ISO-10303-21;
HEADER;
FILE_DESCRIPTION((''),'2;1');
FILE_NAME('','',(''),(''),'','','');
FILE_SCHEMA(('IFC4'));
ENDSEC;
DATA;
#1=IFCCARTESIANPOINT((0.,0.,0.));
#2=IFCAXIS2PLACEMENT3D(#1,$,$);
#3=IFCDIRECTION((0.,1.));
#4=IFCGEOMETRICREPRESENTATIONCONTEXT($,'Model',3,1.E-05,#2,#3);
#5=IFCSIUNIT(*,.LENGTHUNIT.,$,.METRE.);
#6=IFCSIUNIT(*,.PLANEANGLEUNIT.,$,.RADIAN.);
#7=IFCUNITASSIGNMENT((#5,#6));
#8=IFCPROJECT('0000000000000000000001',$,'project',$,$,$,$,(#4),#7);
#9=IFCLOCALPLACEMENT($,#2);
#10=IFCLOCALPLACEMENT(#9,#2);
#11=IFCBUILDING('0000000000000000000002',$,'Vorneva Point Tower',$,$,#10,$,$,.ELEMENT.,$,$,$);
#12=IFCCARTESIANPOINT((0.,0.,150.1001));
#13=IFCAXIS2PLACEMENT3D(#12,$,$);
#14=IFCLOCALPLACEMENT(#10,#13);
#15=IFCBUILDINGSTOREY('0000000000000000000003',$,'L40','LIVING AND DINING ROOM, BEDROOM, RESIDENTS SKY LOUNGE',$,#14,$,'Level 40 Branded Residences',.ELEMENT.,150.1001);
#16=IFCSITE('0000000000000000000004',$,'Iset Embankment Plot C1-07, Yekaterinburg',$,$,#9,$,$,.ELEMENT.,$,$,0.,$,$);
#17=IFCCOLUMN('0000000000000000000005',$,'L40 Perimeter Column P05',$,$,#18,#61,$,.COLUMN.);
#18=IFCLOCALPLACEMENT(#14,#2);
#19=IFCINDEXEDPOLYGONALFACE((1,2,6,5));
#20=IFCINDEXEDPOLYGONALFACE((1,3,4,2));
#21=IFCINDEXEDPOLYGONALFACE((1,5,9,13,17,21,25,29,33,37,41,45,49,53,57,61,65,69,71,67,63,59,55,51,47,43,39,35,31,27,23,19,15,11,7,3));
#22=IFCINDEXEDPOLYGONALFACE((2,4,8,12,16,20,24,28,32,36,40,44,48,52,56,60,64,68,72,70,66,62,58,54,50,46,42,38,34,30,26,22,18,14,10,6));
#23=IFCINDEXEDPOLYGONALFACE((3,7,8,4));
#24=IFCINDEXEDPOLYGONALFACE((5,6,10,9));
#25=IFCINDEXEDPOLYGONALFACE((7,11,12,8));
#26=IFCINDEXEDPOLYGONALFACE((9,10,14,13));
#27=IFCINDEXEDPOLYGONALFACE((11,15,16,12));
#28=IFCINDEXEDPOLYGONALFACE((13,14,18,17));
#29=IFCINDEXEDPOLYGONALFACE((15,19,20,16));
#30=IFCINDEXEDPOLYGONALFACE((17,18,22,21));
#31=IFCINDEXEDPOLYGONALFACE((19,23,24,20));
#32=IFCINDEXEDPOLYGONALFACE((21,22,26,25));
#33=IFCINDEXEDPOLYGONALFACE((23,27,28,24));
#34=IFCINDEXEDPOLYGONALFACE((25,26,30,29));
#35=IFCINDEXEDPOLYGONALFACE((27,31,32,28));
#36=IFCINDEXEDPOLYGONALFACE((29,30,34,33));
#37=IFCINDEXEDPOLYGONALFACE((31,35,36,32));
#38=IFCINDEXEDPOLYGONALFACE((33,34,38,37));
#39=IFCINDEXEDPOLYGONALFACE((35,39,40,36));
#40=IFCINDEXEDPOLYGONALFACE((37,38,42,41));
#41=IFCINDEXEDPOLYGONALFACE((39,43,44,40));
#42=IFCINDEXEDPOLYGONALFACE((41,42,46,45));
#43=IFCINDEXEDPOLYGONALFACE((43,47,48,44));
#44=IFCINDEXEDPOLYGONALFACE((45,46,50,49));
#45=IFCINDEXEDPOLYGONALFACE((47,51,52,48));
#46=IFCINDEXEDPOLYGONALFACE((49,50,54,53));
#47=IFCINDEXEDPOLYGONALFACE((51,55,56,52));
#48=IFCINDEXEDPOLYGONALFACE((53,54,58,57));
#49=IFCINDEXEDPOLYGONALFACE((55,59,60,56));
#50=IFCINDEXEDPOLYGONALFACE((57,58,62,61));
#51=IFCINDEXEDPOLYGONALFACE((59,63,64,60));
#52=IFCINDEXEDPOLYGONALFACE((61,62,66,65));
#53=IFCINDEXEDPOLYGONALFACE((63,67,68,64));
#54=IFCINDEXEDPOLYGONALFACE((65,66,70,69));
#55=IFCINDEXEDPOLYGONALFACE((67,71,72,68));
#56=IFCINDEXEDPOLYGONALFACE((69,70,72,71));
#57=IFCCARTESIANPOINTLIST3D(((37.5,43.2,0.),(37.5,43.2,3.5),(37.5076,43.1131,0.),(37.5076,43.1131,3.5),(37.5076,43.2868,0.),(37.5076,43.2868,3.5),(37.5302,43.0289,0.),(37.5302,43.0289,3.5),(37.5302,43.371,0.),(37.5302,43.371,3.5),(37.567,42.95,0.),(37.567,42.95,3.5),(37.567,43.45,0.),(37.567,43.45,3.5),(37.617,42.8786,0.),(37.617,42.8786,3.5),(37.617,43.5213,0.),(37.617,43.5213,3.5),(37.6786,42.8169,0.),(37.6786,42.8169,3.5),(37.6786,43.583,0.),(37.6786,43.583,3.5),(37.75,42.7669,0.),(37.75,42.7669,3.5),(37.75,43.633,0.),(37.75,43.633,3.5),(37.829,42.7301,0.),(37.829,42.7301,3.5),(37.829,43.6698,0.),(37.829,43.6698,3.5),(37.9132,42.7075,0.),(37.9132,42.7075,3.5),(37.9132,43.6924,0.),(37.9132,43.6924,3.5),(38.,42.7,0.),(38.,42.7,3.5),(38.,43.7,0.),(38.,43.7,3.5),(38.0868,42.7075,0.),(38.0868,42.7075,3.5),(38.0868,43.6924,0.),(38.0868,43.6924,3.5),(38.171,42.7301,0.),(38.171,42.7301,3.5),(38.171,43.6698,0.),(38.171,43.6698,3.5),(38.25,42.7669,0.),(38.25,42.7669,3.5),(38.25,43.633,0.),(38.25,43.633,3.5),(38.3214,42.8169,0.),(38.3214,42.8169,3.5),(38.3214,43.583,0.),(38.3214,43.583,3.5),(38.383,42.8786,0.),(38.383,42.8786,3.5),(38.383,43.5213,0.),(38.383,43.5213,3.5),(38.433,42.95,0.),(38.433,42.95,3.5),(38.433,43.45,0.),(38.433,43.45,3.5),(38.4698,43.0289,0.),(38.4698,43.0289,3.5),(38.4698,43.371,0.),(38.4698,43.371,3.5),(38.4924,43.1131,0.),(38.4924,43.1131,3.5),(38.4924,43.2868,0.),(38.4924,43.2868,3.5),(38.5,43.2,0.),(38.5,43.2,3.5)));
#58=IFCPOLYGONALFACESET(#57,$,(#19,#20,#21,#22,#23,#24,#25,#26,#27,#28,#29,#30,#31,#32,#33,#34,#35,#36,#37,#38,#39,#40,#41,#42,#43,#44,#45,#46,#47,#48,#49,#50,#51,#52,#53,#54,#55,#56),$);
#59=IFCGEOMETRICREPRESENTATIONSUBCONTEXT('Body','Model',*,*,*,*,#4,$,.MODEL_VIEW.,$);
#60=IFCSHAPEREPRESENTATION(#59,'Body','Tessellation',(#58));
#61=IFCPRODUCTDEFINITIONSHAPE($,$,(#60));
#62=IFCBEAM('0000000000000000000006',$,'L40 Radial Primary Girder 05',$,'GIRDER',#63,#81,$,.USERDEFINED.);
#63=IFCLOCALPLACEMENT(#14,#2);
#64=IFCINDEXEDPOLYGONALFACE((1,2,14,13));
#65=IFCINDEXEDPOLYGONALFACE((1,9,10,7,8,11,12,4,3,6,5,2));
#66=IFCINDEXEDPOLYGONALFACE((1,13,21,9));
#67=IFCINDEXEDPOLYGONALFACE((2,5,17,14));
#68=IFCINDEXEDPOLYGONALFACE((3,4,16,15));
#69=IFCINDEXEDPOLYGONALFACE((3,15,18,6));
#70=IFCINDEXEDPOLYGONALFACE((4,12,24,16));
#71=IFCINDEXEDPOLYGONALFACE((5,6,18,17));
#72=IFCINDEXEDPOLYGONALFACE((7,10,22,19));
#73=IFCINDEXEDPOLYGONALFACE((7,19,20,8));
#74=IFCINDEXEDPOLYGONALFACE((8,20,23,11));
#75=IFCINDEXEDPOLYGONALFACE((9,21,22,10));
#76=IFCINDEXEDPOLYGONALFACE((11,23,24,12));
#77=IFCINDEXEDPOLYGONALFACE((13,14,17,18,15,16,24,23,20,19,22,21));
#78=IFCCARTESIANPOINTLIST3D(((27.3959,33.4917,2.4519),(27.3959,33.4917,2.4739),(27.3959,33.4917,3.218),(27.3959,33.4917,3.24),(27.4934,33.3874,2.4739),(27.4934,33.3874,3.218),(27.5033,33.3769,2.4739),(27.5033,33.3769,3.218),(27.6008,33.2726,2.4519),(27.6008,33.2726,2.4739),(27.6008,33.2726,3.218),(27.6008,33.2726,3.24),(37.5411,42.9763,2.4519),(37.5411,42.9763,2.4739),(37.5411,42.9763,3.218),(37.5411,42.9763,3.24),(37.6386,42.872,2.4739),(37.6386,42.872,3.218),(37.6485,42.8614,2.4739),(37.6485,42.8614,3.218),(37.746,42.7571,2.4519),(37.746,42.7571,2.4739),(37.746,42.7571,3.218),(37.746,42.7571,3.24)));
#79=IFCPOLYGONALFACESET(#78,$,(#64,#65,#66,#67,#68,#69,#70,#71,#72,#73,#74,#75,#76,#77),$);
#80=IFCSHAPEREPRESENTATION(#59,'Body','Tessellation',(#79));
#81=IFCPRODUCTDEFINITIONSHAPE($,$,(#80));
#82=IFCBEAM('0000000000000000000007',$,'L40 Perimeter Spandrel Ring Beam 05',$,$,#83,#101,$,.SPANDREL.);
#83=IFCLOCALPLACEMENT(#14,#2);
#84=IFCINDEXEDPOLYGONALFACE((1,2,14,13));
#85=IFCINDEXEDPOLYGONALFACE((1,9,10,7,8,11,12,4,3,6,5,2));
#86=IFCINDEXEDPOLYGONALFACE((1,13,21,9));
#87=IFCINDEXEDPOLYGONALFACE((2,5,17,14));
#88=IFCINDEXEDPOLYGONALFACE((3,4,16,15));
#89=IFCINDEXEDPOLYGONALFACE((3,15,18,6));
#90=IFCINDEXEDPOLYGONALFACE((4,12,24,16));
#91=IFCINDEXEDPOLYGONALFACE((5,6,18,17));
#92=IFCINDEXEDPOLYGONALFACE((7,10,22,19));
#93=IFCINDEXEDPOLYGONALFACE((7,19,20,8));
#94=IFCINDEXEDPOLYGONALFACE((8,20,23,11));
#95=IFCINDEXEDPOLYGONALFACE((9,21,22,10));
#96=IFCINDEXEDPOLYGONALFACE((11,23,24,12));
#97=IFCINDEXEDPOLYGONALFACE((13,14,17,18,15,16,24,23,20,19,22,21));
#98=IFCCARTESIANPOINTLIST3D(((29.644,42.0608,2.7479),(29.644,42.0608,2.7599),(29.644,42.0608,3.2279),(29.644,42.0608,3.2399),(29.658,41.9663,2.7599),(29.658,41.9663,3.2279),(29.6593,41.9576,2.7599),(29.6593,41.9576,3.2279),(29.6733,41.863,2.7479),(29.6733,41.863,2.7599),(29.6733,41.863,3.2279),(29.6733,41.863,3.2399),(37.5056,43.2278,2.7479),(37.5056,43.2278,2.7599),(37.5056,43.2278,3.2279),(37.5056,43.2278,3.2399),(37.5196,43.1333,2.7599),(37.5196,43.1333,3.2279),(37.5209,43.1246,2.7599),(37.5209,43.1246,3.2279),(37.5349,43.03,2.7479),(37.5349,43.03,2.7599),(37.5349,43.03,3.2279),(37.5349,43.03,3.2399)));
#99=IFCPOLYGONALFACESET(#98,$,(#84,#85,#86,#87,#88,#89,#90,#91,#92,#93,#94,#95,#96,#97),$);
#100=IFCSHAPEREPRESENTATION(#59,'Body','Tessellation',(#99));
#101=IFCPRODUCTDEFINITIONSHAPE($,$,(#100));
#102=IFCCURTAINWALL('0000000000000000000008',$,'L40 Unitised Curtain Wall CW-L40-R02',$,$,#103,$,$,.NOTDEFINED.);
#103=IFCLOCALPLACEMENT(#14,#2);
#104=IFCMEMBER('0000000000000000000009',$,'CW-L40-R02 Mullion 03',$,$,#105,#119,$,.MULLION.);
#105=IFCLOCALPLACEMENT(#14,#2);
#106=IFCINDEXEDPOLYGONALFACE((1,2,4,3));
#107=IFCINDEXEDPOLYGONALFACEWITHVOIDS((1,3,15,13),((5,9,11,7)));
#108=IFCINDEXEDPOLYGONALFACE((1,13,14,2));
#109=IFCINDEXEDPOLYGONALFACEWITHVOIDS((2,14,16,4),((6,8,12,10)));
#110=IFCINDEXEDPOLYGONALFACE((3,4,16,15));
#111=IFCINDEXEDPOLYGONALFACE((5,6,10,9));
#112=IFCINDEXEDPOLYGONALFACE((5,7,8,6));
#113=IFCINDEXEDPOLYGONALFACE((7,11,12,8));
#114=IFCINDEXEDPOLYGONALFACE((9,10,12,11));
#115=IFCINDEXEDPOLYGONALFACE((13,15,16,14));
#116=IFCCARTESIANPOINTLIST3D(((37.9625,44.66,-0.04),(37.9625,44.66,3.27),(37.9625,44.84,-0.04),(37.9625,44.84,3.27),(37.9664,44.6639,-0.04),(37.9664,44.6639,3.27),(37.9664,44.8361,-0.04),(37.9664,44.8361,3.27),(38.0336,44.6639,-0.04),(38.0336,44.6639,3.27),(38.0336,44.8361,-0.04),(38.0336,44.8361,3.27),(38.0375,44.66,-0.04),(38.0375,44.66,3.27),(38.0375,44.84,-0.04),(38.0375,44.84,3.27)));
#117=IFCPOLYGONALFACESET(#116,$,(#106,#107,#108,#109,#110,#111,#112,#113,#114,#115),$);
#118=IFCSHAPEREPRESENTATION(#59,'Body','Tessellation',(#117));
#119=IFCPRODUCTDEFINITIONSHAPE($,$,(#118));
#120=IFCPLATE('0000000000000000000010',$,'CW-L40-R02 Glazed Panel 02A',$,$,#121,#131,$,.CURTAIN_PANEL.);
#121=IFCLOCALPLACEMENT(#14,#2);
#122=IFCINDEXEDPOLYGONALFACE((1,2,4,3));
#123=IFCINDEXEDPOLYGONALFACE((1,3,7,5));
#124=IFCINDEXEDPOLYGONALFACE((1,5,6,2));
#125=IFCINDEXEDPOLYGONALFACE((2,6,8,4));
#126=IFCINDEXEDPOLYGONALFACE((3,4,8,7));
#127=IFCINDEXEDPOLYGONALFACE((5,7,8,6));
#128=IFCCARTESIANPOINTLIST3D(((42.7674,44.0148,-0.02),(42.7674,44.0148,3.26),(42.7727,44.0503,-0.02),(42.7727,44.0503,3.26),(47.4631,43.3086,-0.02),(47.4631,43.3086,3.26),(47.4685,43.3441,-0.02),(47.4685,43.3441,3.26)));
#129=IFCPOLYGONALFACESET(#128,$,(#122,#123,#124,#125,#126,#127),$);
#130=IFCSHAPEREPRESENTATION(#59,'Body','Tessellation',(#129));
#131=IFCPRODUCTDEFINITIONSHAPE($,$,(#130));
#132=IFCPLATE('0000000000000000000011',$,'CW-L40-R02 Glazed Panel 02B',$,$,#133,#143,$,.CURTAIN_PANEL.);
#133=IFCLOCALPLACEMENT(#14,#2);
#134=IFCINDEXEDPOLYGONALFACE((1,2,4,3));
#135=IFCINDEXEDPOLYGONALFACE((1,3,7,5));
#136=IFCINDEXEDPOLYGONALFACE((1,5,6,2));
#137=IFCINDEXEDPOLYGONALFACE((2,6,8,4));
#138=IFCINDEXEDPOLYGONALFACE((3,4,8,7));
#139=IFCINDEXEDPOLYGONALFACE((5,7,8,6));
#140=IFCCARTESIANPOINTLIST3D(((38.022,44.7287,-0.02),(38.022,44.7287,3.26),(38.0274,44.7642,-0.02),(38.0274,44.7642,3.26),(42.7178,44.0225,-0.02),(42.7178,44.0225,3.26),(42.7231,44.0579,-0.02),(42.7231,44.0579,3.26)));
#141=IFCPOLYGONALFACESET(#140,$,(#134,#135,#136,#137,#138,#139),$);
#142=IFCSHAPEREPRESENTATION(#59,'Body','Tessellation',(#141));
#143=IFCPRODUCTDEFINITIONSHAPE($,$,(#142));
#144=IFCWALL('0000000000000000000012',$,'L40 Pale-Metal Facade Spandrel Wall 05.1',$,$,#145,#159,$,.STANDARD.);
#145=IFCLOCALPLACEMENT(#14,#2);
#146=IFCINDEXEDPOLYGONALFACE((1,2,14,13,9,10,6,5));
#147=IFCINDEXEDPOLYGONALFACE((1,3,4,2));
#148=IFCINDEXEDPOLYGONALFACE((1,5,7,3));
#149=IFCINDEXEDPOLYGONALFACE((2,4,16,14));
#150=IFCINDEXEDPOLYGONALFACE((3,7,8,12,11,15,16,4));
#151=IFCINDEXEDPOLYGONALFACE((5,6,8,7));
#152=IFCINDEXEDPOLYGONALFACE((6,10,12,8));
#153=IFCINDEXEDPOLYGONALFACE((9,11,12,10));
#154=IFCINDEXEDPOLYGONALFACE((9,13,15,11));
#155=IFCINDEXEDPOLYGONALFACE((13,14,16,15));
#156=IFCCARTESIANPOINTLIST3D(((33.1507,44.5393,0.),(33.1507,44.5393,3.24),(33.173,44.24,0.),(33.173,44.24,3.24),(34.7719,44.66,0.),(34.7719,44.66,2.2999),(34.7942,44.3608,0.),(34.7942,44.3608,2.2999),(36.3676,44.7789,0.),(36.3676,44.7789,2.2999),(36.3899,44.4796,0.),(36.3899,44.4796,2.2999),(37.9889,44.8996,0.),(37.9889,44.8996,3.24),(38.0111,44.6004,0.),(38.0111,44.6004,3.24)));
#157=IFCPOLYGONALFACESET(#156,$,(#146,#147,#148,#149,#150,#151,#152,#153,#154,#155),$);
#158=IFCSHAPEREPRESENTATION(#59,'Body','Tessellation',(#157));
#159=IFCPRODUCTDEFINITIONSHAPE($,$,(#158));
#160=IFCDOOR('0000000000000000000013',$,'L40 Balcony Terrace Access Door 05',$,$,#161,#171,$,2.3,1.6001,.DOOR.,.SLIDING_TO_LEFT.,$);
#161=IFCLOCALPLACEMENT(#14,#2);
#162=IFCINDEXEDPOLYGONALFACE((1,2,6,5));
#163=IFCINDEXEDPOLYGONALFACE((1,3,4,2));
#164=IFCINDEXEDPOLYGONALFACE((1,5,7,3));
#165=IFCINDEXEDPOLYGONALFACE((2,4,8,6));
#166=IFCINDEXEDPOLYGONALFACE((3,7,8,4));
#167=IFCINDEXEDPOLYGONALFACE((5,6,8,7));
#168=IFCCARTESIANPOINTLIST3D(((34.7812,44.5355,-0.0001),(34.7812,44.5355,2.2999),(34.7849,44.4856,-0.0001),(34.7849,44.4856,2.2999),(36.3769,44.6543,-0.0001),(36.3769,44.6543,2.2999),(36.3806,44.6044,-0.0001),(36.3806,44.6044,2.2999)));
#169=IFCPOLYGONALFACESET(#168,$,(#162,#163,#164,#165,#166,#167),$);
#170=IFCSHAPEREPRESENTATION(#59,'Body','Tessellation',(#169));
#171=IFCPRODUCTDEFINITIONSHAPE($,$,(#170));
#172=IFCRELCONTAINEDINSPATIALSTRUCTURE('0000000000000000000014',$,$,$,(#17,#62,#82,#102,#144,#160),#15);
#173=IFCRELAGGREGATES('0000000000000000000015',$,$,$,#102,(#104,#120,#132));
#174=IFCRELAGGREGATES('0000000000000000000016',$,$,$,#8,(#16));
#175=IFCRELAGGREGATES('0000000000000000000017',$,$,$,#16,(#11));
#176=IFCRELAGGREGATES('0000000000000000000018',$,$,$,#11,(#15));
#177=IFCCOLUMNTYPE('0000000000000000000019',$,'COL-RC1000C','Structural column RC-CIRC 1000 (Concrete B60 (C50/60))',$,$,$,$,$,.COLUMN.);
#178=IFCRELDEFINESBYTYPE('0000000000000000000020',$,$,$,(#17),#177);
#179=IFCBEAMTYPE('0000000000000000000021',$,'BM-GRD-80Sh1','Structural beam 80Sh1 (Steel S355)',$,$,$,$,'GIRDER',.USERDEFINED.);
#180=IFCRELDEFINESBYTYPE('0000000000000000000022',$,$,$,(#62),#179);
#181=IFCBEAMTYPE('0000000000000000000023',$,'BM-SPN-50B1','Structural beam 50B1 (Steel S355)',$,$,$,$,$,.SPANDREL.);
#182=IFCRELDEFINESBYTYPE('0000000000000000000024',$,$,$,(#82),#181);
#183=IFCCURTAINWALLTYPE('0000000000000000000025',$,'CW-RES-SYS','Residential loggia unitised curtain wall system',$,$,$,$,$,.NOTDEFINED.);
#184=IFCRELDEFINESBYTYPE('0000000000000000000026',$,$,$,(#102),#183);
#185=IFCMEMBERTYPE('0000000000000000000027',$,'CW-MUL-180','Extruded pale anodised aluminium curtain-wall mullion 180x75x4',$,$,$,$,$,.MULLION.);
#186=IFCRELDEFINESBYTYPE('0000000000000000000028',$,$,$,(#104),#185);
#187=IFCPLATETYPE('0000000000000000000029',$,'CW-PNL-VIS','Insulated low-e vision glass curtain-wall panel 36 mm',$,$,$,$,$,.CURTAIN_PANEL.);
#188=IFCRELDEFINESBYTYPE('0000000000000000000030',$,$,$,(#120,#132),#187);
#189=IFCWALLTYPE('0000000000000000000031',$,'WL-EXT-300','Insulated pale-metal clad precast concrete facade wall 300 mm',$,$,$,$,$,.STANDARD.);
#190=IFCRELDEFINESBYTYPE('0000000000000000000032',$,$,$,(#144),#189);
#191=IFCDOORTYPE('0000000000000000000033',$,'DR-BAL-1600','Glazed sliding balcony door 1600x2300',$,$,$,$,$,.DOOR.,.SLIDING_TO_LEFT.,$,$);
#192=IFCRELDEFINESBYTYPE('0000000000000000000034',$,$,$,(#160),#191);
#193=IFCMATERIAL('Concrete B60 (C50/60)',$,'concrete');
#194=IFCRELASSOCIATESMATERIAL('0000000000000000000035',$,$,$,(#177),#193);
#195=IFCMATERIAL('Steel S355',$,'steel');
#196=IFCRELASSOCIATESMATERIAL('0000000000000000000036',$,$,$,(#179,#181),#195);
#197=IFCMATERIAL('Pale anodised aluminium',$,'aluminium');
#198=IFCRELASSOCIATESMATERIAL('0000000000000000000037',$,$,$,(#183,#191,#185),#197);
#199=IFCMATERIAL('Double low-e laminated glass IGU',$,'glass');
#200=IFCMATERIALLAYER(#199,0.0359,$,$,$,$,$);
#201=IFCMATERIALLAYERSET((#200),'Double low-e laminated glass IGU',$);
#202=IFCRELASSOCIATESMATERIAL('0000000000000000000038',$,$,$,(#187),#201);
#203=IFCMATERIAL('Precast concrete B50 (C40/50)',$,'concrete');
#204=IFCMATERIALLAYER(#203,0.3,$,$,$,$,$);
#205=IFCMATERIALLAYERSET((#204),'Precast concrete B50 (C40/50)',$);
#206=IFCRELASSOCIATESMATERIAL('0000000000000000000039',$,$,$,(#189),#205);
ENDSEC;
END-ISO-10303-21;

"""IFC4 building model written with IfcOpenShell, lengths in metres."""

from ifc_helpers import new_model, si_unit, direction, frame, frame_2d, origin, origin_2d, place, context, subcontext, project, spatial, rectangle, hollow_rectangle, circle, i_section, extrude, material, layer, layer_set, material_profile, profile_set, type_object, element, fill, aggregate, save


model = new_model("IFC4")

# Units and contexts
model_context = context("Model", 3, precision=1e-05, world=origin(), true_north=direction((0.0, 1.0)))
body_context = subcontext(model_context, "Body", "Model", "MODEL_VIEW")
ifc_project = project(units=[si_unit("LENGTHUNIT", "METRE"), si_unit("PLANEANGLEUNIT", "RADIAN")], contexts=[model_context])

# Site, building, storey
site_placement = place(None, origin())
site = spatial("IfcSite", under=ifc_project, at=site_placement, Name="Iset Embankment Plot C1-07, Yekaterinburg", CompositionType="ELEMENT", RefElevation=0.0)
building_placement = place(site_placement, origin())
building = spatial("IfcBuilding", under=site, at=building_placement, Name="Vorneva Point Tower", CompositionType="ELEMENT")
storey_placement = place(building_placement, frame((0.0, 0.0, 150.1001)))
storey = spatial("IfcBuildingStorey", under=building, at=storey_placement, Name="L40", Description="LIVING AND DINING ROOM, BEDROOM, RESIDENTS SKY LOUNGE", LongName="Level 40 Branded Residences", CompositionType="ELEMENT", Elevation=150.1001)

# Column
ifc_material_1 = material(Name="Concrete B60 (C50/60)", Category="concrete")
ifc_material_profile_1 = material_profile(ifc_material_1, circle(Radius=0.5, at=origin_2d()), Name="RC-CIRC 1000")
ifc_profile_set_1 = profile_set([ifc_material_profile_1], Name="Concrete B60 (C50/60)")
column_type = type_object("IfcColumnType", Name="COL-RC1000C", Description="Structural column RC-CIRC 1000 (Concrete B60 (C50/60))", PredefinedType="COLUMN", material=ifc_profile_set_1)
column_placement = place(storey_placement, frame((38.0, 43.2, 0.0), z_axis=(0.0, 0.0, 1.0), x_axis=(0.0, 1.0, 0.0)))
element("IfcColumn", 1, at=column_placement, inside=storey, type_object=column_type, Name="L40 Perimeter Column P05", PredefinedType="COLUMN", context=body_context, shape_type="SweptSolid", body=[
    extrude(circle(Radius=0.5, at=origin_2d()), origin(), (0.0, 0.0, 1.0), 3.5),
])

# Beams
ifc_material_2 = material(Name="Steel S355", Category="steel")
ifc_material_profile_2 = material_profile(ifc_material_2, i_section(OverallWidth=0.3, OverallDepth=0.7881, WebThickness=0.0144, FlangeThickness=0.022, at=origin_2d()), Name="80Sh1")
ifc_profile_set_2 = profile_set([ifc_material_profile_2], Name="Steel S355")
beam_type_1 = type_object("IfcBeamType", Name="BM-GRD-80Sh1", Description="Structural beam 80Sh1 (Steel S355)", ElementType="GIRDER", PredefinedType="USERDEFINED", material=ifc_profile_set_2)
beam_1_placement = place(storey_placement, frame((37.6436, 42.8667, 2.8459), z_axis=(-0.730491, -0.682922, 0.0), x_axis=(0.682922, -0.730491, 0.0)))
element("IfcBeam", 2, at=beam_1_placement, inside=storey, type_object=beam_type_1, Name="L40 Radial Primary Girder 05", ObjectType="GIRDER", PredefinedType="USERDEFINED", context=body_context, shape_type="SweptSolid", body=[
    extrude(i_section(OverallWidth=0.3, OverallDepth=0.7881, WebThickness=0.0144, FlangeThickness=0.022, at=origin_2d()), origin(), (0.0, 0.0, 1.0), 13.8882),
])
ifc_material_profile_3 = material_profile(ifc_material_2, i_section(OverallWidth=0.2, OverallDepth=0.4919, WebThickness=0.0088, FlangeThickness=0.012, at=origin_2d()), Name="50B1")
ifc_profile_set_3 = profile_set([ifc_material_profile_3], Name="Steel S355")
beam_type_2 = type_object("IfcBeamType", Name="BM-SPN-50B1", Description="Structural beam 50B1 (Steel S355)", PredefinedType="SPANDREL", material=ifc_profile_set_3)
beam_2_placement = place(storey_placement, frame((37.5203, 43.1289, 2.9939), z_axis=(-0.989161, -0.146834, 0.0), x_axis=(0.146834, -0.989161, 0.0)))
element("IfcBeam", 3, at=beam_2_placement, inside=storey, type_object=beam_type_2, Name="L40 Perimeter Spandrel Ring Beam 05", PredefinedType="SPANDREL", context=body_context, shape_type="SweptSolid", body=[
    extrude(i_section(OverallWidth=0.2, OverallDepth=0.4919, WebThickness=0.0088, FlangeThickness=0.012, at=origin_2d()), origin(), (0.0, 0.0, 1.0), 7.9478),
])

# Curtain wall, member, plates
ifc_material_3 = material(Name="Pale anodised aluminium", Category="aluminium")
curtain_wall_type = type_object("IfcCurtainWallType", Name="CW-RES-SYS", Description="Residential loggia unitised curtain wall system", PredefinedType="NOTDEFINED", material=ifc_material_3)
curtain_wall_placement = place(storey_placement, origin())
curtain_wall = element("IfcCurtainWall", 4, at=curtain_wall_placement, inside=storey, type_object=curtain_wall_type, Name="L40 Unitised Curtain Wall CW-L40-R02", PredefinedType="NOTDEFINED")
ifc_material_profile_4 = material_profile(ifc_material_3, hollow_rectangle(XDim=0.075, YDim=0.1799, WallThickness=0.0039, at=origin_2d()), Name="AL-MUL 180x75x4")
ifc_profile_set_4 = profile_set([ifc_material_profile_4], Name="Pale anodised aluminium")
member_type = type_object("IfcMemberType", Name="CW-MUL-180", Description="Extruded pale anodised aluminium curtain-wall mullion 180x75x4", PredefinedType="MULLION", material=ifc_profile_set_4)
member_placement = place(storey_placement, frame((38.0, 44.75, -0.04), z_axis=(0.0, 0.0, 1.0), x_axis=(1.0, 0.0, 0.0)))
member = element("IfcMember", 5, at=member_placement, type_object=member_type, Name="CW-L40-R02 Mullion 03", PredefinedType="MULLION", context=body_context, shape_type="SweptSolid", body=[
    extrude(hollow_rectangle(XDim=0.075, YDim=0.1799, WallThickness=0.0039, at=origin_2d()), origin(), (0.0, 0.0, 1.0), 3.3101),
])
ifc_material_4 = material(Name="Double low-e laminated glass IGU", Category="glass")
ifc_layer_1 = layer(ifc_material_4, 0.0359)
ifc_layer_set_1 = layer_set([ifc_layer_1], Name="Double low-e laminated glass IGU")
plate_type = type_object("IfcPlateType", Name="CW-PNL-VIS", Description="Insulated low-e vision glass curtain-wall panel 36 mm", PredefinedType="CURTAIN_PANEL", material=ifc_layer_set_1)
plate_1_placement = place(storey_placement, frame((45.1179, 43.6794, -0.02), z_axis=(0.0, 0.0, 1.0), x_axis=(-0.988879, 0.148724, 0.0)))
plate_1 = element("IfcPlate", 6, at=plate_1_placement, type_object=plate_type, Name="CW-L40-R02 Glazed Panel 02A", PredefinedType="CURTAIN_PANEL", context=body_context, shape_type="SweptSolid", body=[
    extrude(rectangle(XDim=4.7485, YDim=0.0359, at=origin_2d()), origin(), (0.0, 0.0, 1.0), 3.28),
])
plate_2_placement = place(storey_placement, frame((40.3726, 44.3933, -0.02), z_axis=(0.0, 0.0, 1.0), x_axis=(-0.988879, 0.148724, 0.0)))
plate_2 = element("IfcPlate", 7, at=plate_2_placement, type_object=plate_type, Name="CW-L40-R02 Glazed Panel 02B", PredefinedType="CURTAIN_PANEL", context=body_context, shape_type="SweptSolid", body=[
    extrude(rectangle(XDim=4.7485, YDim=0.0359, at=origin_2d()), origin(), (0.0, 0.0, 1.0), 3.28),
])
aggregate(curtain_wall, [member, plate_1, plate_2])

# Wall, opening, door
ifc_material_5 = material(Name="Precast concrete B50 (C40/50)", Category="concrete")
ifc_layer_2 = layer(ifc_material_5, 0.3)
ifc_layer_set_2 = layer_set([ifc_layer_2], Name="Precast concrete B50 (C40/50)")
wall_type_1 = type_object("IfcWallType", Name="WL-EXT-300", Description="Insulated pale-metal clad precast concrete facade wall 300 mm", PredefinedType="STANDARD", material=ifc_layer_set_2)
wall_1_placement = place(storey_placement, frame((38.0, 44.75, 0.0), z_axis=(0.0, 0.0, 1.0), x_axis=(-0.997238, -0.074276, 0.0)))
wall_1 = element("IfcWall", 8, at=wall_1_placement, inside=storey, type_object=wall_type_1, Name="L40 Pale-Metal Facade Spandrel Wall 05.1", PredefinedType="STANDARD", context=body_context, shape_type="SweptSolid", body=[
    extrude(rectangle(XDim=4.8516, YDim=0.3, at=frame_2d((2.4258, 0.0))), origin(), (0.0, 0.0, 1.0), 3.24),
])
opening_1_placement = place(wall_1_placement, frame((1.6257, 0.0, 0.0)))
opening_1 = element("IfcOpeningElement", 9, at=opening_1_placement, cuts=wall_1, PredefinedType="OPENING", context=body_context, shape_type="SweptSolid", body=[
    extrude(rectangle(XDim=1.6001, YDim=2.3, at=frame_2d((0.8, 1.1499))), frame((0.0, 0.165, 0.0), z_axis=(0.0, -1.0, 0.0), x_axis=(1.0, 0.0, 0.0)), (0.0, 0.0, 1.0), 0.3298),
])
door_type_1 = type_object("IfcDoorType", Name="DR-BAL-1600", Description="Glazed sliding balcony door 1600x2300", OperationType="SLIDING_TO_LEFT", PredefinedType="DOOR", material=ifc_material_3)
door_1_placement = place(opening_1_placement, origin())
door_1 = element("IfcDoor", 10, at=door_1_placement, inside=storey, type_object=door_type_1, Name="L40 Balcony Terrace Access Door 05", OperationType="SLIDING_TO_LEFT", OverallHeight=2.3, OverallWidth=1.6001, PredefinedType="DOOR", context=body_context, shape_type="SweptSolid", body=[
    extrude(rectangle(XDim=1.6001, YDim=2.3, at=frame_2d((0.8, 1.1499))), frame((0.0, 0.0249, 0.0), z_axis=(0.0, -1.0, 0.0), x_axis=(1.0, 0.0, 0.0)), (0.0, 0.0, 1.0), 0.05),
])
fill(opening_1, door_1)

save(model, "model.ifc")
